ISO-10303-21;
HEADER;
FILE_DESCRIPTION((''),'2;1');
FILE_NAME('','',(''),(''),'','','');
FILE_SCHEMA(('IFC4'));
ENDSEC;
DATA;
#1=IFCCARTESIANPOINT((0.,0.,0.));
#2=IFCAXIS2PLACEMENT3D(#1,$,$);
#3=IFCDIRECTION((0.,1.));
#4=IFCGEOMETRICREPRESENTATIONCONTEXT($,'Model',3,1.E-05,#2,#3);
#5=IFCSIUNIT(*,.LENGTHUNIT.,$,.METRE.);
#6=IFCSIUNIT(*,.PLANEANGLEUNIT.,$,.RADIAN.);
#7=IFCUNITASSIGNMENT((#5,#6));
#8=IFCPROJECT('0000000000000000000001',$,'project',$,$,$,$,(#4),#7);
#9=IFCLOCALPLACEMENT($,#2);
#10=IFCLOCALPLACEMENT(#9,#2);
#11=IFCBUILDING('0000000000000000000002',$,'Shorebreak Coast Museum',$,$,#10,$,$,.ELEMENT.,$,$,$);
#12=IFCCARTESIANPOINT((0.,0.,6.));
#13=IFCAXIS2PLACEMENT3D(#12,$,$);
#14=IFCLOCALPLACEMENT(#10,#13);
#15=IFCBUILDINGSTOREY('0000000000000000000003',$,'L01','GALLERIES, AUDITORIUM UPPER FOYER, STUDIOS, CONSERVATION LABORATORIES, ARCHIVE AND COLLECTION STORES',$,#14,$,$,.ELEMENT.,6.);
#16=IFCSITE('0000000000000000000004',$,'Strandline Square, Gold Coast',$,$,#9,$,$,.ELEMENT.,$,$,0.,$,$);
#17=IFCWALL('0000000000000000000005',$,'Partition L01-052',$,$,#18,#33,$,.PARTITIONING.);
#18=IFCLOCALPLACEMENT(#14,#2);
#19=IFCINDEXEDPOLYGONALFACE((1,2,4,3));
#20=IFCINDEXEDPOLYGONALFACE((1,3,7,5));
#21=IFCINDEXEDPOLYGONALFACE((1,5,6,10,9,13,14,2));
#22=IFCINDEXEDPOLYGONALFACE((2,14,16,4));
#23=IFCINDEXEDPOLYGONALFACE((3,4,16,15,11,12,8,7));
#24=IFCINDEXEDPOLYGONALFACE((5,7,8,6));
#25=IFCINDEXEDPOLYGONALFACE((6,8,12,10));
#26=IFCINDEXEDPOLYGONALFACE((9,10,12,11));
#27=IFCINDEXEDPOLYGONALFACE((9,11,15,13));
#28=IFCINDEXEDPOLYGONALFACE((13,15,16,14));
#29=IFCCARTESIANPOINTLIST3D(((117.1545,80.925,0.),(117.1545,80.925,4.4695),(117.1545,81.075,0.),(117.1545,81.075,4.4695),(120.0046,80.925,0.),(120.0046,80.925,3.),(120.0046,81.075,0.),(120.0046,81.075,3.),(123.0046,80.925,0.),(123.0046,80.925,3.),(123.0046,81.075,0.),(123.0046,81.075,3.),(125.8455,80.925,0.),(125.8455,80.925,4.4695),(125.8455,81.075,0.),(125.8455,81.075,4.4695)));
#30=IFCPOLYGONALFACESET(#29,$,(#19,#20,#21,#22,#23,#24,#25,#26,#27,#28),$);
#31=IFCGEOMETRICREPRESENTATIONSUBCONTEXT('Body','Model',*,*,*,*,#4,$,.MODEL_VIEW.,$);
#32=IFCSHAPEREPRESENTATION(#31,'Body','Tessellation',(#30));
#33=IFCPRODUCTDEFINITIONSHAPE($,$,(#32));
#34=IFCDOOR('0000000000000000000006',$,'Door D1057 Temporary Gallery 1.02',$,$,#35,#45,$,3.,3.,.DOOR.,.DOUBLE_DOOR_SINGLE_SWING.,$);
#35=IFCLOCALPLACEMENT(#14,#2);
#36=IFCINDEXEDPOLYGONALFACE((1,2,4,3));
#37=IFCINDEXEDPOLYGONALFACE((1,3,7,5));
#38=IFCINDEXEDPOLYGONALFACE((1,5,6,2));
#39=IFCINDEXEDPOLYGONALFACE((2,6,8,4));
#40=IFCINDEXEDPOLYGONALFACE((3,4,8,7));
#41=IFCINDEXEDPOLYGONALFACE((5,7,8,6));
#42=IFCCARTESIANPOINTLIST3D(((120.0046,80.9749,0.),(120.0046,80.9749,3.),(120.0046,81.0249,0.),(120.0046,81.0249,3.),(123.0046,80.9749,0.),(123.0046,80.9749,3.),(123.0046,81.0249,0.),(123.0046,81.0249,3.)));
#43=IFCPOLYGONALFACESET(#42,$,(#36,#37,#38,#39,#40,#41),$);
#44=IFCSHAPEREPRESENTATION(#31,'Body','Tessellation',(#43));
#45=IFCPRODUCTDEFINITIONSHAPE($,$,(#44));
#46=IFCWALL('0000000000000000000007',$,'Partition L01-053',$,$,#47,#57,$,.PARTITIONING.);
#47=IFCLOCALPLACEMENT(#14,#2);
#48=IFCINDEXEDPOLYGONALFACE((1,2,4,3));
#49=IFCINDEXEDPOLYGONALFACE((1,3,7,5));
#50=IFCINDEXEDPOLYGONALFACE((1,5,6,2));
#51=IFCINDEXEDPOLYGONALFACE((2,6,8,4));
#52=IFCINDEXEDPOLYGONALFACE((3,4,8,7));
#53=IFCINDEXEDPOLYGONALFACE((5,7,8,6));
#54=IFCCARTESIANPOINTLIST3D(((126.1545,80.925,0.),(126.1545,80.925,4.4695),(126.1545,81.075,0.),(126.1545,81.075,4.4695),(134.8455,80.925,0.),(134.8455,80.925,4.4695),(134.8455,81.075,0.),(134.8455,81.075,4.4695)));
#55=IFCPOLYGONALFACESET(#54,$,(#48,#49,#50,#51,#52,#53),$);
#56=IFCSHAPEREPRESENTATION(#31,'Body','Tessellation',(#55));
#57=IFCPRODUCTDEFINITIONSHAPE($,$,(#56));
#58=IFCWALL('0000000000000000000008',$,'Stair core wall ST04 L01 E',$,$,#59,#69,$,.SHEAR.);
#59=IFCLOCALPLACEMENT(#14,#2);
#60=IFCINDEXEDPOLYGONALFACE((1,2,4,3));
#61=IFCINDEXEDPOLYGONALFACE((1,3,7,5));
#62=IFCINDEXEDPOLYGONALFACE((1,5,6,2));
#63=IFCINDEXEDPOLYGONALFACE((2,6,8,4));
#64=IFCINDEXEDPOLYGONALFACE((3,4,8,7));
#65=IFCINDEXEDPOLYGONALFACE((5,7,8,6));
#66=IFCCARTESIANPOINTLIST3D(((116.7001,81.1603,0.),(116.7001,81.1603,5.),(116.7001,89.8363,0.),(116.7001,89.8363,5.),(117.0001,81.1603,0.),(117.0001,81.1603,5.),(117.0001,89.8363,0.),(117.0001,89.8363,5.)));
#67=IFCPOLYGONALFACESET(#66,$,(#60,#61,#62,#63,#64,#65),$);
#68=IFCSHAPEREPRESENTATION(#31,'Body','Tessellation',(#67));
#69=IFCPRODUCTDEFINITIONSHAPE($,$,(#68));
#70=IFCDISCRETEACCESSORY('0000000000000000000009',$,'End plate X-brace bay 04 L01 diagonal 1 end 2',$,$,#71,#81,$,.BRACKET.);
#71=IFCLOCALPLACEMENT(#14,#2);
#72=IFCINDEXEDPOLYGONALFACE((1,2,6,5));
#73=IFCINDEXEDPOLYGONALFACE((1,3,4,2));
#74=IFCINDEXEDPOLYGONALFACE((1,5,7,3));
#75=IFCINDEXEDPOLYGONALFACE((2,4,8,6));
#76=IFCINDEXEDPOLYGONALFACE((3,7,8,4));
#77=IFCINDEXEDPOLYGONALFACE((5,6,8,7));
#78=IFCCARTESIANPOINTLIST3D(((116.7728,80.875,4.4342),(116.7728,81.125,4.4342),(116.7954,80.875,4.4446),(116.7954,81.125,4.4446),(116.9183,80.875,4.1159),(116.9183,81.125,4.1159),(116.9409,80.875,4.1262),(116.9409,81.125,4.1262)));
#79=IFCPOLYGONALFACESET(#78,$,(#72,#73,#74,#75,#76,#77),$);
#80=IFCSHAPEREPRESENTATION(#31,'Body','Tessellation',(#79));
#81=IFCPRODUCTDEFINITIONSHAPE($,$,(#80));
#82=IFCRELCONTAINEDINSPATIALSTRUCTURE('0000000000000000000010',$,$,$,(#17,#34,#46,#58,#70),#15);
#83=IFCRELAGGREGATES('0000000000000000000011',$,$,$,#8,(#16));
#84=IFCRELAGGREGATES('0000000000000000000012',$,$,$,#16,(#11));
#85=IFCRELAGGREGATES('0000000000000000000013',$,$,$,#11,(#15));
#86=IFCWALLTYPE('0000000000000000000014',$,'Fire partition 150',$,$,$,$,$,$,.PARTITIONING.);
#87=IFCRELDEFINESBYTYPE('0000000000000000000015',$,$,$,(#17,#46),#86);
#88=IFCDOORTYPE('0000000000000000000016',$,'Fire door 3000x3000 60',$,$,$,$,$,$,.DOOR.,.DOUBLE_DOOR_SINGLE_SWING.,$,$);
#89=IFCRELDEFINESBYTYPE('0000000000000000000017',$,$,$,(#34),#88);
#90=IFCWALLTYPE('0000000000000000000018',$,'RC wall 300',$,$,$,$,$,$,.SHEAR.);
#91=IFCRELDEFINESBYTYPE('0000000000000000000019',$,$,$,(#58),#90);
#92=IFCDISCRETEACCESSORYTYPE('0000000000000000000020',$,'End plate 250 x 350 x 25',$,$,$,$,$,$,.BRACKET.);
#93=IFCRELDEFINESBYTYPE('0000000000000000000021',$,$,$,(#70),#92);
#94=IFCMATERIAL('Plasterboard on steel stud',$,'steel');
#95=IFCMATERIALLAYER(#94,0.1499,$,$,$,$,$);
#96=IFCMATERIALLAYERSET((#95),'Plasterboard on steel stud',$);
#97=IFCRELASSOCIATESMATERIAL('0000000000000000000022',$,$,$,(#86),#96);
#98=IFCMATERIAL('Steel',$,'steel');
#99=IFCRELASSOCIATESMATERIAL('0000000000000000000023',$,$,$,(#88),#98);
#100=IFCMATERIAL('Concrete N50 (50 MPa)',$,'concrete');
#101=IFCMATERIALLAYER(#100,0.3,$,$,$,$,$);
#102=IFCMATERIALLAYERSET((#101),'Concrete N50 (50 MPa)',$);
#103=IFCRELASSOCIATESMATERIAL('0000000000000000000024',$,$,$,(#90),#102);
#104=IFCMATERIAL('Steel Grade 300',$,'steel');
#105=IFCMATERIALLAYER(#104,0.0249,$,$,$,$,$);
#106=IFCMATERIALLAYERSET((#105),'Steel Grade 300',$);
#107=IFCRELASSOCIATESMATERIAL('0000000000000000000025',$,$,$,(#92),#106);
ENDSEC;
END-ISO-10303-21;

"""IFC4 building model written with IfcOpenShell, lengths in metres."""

from ifc_helpers import new_model, si_unit, direction, frame, frame_2d, origin, place, context, subcontext, project, spatial, polyline, rectangle, outline, extrude, material, layer, layer_set, type_object, element, fill, save


model = new_model("IFC4")

# Units and contexts
model_context = context("Model", 3, precision=1e-05, world=origin(), true_north=direction((0.0, 1.0)))
body_context = subcontext(model_context, "Body", "Model", "MODEL_VIEW")
ifc_project = project(units=[si_unit("LENGTHUNIT", "METRE"), si_unit("PLANEANGLEUNIT", "RADIAN")], contexts=[model_context])

# Site, building, storey
site_placement = place(None, origin())
site = spatial("IfcSite", under=ifc_project, at=site_placement, Name="Strandline Square, Gold Coast", CompositionType="ELEMENT", RefElevation=0.0)
building_placement = place(site_placement, origin())
building = spatial("IfcBuilding", under=site, at=building_placement, Name="Shorebreak Coast Museum", CompositionType="ELEMENT")
storey_placement = place(building_placement, frame((0.0, 0.0, 6.0)))
storey = spatial("IfcBuildingStorey", under=building, at=storey_placement, Name="L01", Description="GALLERIES, AUDITORIUM UPPER FOYER, STUDIOS, CONSERVATION LABORATORIES, ARCHIVE AND COLLECTION STORES", CompositionType="ELEMENT", Elevation=6.0)

# Wall, opening, door
ifc_material_1 = material(Name="Plasterboard on steel stud", Category="steel")
ifc_layer_1 = layer(ifc_material_1, 0.1499)
ifc_layer_set_1 = layer_set([ifc_layer_1], Name="Plasterboard on steel stud")
wall_type_1 = type_object("IfcWallType", Name="Fire partition 150", PredefinedType="PARTITIONING", material=ifc_layer_set_1)
wall_1_placement = place(storey_placement, frame((117.1545, 81.0, 0.0), z_axis=(0.0, 0.0, 1.0), x_axis=(1.0, 0.0, 0.0)))
wall_1 = element("IfcWall", 1, at=wall_1_placement, inside=storey, type_object=wall_type_1, Name="Partition L01-052", PredefinedType="PARTITIONING", context=body_context, shape_type="SweptSolid", body=[
    extrude(rectangle(XDim=8.6909, YDim=0.1499, at=frame_2d((4.3455, 0.0))), origin(), (0.0, 0.0, 1.0), 4.4695),
])
opening_placement = place(wall_1_placement, frame((2.8501, 0.0, 0.0)))
opening = element("IfcOpeningElement", 2, at=opening_placement, cuts=wall_1, PredefinedType="OPENING", context=body_context, shape_type="SweptSolid", body=[
    extrude(rectangle(XDim=3.0, YDim=3.0, at=frame_2d((1.5, 1.5))), frame((0.0, 0.085, 0.0), z_axis=(0.0, -1.0, 0.0), x_axis=(1.0, 0.0, 0.0)), (0.0, 0.0, 1.0), 0.1699),
])
ifc_material_2 = material(Name="Steel", Category="steel")
door_type = type_object("IfcDoorType", Name="Fire door 3000x3000 60", OperationType="DOUBLE_DOOR_SINGLE_SWING", PredefinedType="DOOR", material=ifc_material_2)
door_placement = place(opening_placement, origin())
door = element("IfcDoor", 3, at=door_placement, inside=storey, type_object=door_type, Name="Door D1057 Temporary Gallery 1.02", OperationType="DOUBLE_DOOR_SINGLE_SWING", OverallHeight=3.0, OverallWidth=3.0, PredefinedType="DOOR", context=body_context, shape_type="SweptSolid", body=[
    extrude(rectangle(XDim=3.0, YDim=3.0, at=frame_2d((1.5, 1.5))), frame((0.0, 0.0249, 0.0), z_axis=(0.0, -1.0, 0.0), x_axis=(1.0, 0.0, 0.0)), (0.0, 0.0, 1.0), 0.05),
])
fill(opening, door)

# Walls
wall_2_placement = place(storey_placement, frame((126.1545, 81.0, 0.0), z_axis=(0.0, 0.0, 1.0), x_axis=(1.0, 0.0, 0.0)))
element("IfcWall", 4, at=wall_2_placement, inside=storey, type_object=wall_type_1, Name="Partition L01-053", PredefinedType="PARTITIONING", context=body_context, shape_type="SweptSolid", body=[
    extrude(rectangle(XDim=8.6909, YDim=0.1499, at=frame_2d((4.3455, 0.0))), origin(), (0.0, 0.0, 1.0), 4.4695),
])
ifc_material_3 = material(Name="Concrete N50 (50 MPa)", Category="concrete")
ifc_layer_2 = layer(ifc_material_3, 0.3)
ifc_layer_set_2 = layer_set([ifc_layer_2], Name="Concrete N50 (50 MPa)")
wall_type_2 = type_object("IfcWallType", Name="RC wall 300", PredefinedType="SHEAR", material=ifc_layer_set_2)
wall_3_placement = place(storey_placement, frame((116.8501, 81.1604, 0.0), z_axis=(0.0, 0.0, 1.0), x_axis=(0.0, 1.0, 0.0)))
element("IfcWall", 5, at=wall_3_placement, inside=storey, type_object=wall_type_2, Name="Stair core wall ST04 L01 E", PredefinedType="SHEAR", context=body_context, shape_type="SweptSolid", body=[
    extrude(rectangle(XDim=8.676, YDim=0.3, at=frame_2d((4.3379, 0.0))), origin(), (0.0, 0.0, 1.0), 5.0),
])

# Discrete accessory
ifc_material_4 = material(Name="Steel Grade 300", Category="steel")
ifc_layer_3 = layer(ifc_material_4, 0.0249)
ifc_layer_set_3 = layer_set([ifc_layer_3], Name="Steel Grade 300")
discrete_accessory_type = type_object("IfcDiscreteAccessoryType", Name="End plate 250 x 350 x 25", PredefinedType="BRACKET", material=ifc_layer_set_3)
discrete_accessory_placement = place(storey_placement, frame((116.9409, 80.875, 4.1262), z_axis=(0.909505, 0.0, 0.415694), x_axis=(0.0, 1.0, 0.0)))
element("IfcDiscreteAccessory", 6, at=discrete_accessory_placement, inside=storey, type_object=discrete_accessory_type, Name="End plate X-brace bay 04 L01 diagonal 1 end 2", PredefinedType="BRACKET", context=body_context, shape_type="SweptSolid", body=[
    extrude(outline(polyline([(0.0, 0.0), (0.25, 0.0), (0.25, 0.35), (0.0, 0.35), (0.0, 0.0)])), origin(), (0.0, 0.0, -1.0), 0.0249),
])

save(model, "model.ifc")
